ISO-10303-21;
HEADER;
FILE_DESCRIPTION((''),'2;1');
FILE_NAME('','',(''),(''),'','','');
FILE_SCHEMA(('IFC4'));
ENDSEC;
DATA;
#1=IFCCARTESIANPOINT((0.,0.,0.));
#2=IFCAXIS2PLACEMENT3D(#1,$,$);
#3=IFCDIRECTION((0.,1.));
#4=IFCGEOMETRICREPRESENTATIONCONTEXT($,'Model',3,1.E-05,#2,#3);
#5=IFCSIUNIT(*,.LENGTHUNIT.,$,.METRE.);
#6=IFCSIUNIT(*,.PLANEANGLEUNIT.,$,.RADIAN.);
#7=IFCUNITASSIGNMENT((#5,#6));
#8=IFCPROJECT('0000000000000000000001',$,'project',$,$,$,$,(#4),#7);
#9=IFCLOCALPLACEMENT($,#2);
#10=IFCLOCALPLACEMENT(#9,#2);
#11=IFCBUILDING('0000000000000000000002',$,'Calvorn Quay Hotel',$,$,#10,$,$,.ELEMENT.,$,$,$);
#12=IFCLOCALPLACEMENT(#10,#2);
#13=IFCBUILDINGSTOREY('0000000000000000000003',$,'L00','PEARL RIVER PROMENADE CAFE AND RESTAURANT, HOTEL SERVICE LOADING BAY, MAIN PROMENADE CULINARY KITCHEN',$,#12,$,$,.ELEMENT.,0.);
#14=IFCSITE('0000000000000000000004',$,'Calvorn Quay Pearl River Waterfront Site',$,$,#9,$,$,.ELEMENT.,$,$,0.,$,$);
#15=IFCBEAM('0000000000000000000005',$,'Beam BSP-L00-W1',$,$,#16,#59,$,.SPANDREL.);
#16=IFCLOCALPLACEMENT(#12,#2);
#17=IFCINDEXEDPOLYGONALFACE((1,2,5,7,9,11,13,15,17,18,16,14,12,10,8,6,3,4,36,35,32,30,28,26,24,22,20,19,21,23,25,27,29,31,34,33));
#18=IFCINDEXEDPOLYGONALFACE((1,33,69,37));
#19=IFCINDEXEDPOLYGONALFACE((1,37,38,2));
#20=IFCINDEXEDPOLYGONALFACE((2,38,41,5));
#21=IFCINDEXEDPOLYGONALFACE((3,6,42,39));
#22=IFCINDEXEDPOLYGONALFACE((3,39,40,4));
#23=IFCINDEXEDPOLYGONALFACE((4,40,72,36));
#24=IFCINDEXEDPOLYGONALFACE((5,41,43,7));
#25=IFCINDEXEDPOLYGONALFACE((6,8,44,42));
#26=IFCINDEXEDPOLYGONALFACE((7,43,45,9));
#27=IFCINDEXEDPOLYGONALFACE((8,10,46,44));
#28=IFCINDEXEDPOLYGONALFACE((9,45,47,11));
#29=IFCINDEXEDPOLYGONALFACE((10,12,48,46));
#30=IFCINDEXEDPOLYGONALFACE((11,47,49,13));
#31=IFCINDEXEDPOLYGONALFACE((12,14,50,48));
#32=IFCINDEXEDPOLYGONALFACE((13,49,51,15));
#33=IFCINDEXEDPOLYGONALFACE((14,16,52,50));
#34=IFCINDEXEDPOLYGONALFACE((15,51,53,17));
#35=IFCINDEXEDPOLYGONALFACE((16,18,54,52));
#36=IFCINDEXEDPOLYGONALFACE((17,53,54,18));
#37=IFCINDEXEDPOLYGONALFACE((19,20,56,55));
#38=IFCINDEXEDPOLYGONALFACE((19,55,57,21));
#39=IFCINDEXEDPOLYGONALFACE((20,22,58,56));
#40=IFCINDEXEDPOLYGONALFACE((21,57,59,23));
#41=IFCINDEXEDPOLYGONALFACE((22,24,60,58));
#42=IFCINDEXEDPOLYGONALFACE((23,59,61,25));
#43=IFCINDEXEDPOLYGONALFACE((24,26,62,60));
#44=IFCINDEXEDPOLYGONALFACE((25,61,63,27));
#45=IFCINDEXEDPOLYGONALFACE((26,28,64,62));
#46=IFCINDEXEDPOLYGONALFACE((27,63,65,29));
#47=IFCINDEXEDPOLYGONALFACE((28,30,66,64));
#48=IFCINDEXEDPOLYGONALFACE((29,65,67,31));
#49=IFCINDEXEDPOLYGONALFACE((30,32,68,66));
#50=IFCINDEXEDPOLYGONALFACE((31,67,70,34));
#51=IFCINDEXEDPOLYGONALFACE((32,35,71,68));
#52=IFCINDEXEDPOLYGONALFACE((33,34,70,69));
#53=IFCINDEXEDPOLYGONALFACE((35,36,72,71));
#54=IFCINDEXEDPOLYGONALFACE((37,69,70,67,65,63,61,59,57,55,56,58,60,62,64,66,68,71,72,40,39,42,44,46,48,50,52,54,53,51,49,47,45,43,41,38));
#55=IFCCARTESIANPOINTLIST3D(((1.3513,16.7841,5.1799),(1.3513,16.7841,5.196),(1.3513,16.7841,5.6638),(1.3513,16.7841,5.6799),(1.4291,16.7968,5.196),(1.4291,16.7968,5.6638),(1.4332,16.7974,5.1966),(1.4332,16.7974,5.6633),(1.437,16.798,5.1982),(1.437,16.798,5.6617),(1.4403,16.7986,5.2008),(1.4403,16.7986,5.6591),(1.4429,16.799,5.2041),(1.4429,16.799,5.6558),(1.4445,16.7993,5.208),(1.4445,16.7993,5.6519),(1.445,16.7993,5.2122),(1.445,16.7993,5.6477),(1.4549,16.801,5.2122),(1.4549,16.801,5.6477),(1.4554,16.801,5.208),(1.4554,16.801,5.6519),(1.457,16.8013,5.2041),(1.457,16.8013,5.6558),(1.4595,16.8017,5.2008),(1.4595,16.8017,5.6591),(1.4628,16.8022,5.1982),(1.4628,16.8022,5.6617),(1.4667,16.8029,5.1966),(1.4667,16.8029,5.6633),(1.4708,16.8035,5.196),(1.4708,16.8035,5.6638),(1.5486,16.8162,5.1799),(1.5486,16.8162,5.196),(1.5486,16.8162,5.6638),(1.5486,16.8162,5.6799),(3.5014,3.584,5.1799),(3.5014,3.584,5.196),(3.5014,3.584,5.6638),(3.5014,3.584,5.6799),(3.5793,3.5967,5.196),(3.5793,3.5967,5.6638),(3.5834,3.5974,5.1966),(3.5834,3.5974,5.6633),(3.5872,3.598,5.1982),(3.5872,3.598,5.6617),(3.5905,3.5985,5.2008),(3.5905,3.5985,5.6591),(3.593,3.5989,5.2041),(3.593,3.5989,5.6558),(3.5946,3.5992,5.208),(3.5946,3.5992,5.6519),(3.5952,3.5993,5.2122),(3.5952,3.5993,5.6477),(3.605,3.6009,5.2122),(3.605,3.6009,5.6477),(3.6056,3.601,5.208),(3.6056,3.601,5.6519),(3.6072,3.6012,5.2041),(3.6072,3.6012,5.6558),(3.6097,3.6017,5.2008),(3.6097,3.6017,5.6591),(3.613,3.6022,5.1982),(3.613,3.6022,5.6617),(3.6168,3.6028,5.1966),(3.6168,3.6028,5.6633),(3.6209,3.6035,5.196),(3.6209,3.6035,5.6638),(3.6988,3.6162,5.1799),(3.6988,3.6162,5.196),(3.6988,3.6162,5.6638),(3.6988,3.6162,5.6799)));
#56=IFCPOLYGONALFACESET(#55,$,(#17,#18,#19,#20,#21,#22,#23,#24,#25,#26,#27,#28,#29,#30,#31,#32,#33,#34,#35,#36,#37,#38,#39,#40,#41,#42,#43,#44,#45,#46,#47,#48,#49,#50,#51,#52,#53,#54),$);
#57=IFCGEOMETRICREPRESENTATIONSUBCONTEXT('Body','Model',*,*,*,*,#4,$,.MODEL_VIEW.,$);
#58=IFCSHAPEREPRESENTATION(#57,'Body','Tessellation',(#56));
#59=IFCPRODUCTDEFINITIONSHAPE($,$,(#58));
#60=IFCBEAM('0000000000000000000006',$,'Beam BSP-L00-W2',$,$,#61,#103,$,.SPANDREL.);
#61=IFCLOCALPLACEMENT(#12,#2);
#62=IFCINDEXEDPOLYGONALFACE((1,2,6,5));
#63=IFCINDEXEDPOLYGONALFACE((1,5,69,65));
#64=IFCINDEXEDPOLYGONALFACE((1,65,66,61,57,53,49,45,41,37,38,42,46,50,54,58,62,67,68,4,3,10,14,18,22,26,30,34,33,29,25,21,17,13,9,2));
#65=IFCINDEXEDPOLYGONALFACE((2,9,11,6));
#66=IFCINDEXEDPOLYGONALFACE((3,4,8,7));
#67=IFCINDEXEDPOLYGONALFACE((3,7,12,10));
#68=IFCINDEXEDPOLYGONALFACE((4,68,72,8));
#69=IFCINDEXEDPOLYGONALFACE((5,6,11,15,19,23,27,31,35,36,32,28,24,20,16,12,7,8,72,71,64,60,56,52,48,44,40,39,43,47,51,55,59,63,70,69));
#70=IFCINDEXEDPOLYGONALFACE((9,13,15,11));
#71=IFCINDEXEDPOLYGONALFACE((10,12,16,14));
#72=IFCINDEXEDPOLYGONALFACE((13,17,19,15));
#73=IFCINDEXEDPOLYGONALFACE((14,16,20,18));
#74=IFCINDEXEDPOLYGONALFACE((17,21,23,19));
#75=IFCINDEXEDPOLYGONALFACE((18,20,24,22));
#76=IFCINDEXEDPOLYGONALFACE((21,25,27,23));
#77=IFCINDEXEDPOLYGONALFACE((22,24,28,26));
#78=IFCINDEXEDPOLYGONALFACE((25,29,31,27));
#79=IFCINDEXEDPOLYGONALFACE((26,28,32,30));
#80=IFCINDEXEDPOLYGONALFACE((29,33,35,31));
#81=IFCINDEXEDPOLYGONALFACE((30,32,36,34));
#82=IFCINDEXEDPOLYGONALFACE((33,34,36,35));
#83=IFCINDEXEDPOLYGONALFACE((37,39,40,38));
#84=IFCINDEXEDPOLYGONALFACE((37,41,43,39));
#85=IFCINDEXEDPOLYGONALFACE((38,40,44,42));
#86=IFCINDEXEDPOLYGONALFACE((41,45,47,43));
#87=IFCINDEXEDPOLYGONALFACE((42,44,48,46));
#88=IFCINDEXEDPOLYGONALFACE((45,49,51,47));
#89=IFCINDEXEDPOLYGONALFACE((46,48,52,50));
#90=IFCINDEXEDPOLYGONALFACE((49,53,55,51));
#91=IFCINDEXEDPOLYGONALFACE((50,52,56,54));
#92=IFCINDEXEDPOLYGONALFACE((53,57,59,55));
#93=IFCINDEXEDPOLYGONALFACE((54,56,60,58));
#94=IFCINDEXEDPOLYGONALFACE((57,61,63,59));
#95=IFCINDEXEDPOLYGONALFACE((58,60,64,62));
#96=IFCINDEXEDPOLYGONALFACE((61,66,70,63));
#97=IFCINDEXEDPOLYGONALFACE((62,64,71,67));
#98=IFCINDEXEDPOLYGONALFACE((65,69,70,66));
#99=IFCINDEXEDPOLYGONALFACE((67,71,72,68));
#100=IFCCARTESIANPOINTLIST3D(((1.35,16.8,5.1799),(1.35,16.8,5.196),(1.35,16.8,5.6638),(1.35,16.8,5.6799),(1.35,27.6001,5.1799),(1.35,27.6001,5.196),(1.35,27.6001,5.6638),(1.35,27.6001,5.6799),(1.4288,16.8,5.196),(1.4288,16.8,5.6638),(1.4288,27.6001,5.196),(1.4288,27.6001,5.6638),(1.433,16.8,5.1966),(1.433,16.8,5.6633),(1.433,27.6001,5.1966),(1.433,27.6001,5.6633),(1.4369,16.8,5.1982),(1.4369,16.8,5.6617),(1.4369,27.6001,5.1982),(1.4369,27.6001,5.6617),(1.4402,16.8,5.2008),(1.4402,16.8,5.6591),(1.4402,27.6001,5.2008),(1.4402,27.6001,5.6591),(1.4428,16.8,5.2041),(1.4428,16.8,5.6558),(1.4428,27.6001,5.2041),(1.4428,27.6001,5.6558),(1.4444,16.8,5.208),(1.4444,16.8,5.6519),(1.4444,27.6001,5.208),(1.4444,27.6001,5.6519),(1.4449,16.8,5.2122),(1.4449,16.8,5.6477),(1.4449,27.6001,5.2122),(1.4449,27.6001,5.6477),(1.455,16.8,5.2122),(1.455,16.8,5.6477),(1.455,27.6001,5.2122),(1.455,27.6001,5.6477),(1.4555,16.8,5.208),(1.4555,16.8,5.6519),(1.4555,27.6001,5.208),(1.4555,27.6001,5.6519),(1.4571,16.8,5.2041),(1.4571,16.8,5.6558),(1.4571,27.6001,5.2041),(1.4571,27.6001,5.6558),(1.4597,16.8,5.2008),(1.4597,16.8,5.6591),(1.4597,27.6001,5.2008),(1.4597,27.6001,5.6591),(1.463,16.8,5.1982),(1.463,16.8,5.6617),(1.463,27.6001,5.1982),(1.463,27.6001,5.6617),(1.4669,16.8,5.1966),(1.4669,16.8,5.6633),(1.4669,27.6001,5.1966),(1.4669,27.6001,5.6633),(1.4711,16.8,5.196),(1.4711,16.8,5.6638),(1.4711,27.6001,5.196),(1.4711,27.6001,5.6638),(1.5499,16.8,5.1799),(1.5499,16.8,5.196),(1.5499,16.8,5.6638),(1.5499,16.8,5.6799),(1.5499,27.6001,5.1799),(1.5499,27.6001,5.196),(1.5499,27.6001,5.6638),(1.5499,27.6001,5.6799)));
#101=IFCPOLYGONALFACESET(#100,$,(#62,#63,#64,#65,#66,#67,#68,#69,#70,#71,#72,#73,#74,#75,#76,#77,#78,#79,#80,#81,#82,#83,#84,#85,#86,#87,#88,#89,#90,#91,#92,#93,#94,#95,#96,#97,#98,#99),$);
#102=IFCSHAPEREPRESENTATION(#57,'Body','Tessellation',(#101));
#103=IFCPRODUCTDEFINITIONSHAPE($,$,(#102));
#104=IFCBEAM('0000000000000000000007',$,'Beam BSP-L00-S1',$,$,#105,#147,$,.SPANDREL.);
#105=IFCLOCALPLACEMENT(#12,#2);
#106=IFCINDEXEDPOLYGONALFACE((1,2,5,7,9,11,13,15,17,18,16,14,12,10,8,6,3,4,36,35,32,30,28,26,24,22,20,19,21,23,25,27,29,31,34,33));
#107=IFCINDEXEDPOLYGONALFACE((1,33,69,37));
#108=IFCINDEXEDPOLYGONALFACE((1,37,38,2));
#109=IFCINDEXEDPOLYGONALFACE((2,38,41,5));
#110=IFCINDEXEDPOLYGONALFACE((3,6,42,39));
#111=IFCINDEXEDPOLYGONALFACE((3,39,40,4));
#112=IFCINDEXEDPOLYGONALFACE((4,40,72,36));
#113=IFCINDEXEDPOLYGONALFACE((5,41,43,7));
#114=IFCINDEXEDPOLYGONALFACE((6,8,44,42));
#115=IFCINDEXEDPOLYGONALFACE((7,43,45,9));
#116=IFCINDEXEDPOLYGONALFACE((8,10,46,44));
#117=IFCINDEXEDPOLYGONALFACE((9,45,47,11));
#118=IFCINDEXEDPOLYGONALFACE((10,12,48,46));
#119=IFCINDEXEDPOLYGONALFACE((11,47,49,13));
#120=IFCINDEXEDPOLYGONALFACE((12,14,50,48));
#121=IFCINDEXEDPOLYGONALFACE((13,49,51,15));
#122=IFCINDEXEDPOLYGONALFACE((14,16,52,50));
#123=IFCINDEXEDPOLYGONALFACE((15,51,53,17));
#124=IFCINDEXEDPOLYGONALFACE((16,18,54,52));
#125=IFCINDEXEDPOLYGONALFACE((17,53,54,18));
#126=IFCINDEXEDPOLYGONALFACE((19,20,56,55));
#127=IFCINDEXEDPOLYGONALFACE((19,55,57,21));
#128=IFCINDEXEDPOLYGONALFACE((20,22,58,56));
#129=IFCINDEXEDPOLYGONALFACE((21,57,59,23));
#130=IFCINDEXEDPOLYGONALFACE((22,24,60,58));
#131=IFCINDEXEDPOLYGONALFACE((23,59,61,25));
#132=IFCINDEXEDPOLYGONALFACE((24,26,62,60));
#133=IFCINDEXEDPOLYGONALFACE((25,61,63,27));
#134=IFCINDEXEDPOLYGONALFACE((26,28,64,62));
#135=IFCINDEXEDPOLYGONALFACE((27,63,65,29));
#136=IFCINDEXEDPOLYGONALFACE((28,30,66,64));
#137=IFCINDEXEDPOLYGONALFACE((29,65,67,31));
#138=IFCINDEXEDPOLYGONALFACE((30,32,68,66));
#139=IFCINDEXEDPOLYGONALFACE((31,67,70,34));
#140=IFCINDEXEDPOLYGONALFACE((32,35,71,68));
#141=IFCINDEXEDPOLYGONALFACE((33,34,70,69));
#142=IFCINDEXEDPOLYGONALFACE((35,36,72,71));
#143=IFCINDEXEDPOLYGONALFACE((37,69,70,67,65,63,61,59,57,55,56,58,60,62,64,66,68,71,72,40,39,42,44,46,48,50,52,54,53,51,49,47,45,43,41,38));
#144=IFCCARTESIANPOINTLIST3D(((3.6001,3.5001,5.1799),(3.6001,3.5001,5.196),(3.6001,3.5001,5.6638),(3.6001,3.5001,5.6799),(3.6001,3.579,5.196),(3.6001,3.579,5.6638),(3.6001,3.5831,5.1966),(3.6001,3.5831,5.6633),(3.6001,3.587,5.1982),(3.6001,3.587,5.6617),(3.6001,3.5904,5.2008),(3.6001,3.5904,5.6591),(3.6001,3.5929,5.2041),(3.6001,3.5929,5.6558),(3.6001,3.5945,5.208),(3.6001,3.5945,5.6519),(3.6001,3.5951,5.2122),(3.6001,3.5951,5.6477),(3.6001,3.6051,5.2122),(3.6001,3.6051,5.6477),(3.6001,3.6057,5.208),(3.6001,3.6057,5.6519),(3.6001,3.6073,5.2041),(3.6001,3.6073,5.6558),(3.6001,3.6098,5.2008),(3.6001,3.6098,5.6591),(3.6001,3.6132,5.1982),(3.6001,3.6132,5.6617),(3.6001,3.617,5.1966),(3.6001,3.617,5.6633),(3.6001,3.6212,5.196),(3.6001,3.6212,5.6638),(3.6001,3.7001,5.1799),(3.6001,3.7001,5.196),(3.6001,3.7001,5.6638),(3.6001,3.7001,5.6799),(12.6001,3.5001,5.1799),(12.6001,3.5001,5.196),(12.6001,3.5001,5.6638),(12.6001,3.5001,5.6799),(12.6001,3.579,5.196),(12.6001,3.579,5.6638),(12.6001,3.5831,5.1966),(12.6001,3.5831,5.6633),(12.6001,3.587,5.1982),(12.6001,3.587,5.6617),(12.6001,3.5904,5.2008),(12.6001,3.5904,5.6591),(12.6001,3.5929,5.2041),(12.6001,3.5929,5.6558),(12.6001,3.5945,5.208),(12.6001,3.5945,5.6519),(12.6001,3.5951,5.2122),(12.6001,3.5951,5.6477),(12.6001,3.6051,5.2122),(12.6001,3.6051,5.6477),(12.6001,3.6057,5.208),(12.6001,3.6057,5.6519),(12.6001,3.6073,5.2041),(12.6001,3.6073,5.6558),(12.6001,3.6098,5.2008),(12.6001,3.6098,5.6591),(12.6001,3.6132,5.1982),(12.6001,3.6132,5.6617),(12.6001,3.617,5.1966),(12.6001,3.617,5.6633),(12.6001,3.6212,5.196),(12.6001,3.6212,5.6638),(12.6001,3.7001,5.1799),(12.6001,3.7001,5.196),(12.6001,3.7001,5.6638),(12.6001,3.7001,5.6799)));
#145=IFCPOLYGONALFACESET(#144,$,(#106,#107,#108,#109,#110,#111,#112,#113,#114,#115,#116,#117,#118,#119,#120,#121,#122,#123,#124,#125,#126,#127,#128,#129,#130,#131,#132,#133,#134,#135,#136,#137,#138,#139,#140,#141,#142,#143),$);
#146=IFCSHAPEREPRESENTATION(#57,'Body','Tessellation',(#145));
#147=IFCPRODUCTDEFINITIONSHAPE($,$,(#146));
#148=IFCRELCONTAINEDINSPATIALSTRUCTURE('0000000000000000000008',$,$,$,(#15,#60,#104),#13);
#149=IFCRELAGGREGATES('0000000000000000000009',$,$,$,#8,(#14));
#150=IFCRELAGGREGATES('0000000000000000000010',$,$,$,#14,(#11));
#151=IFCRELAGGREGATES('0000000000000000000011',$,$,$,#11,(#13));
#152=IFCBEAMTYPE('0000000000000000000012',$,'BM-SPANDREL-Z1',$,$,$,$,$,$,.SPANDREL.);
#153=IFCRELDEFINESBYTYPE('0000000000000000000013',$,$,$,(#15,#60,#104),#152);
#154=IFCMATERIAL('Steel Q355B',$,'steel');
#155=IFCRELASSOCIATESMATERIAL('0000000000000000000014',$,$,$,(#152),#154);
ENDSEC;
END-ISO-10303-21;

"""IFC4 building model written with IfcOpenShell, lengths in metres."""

from ifc_helpers import new_model, si_unit, direction, frame, origin, origin_2d, place, context, subcontext, project, spatial, i_section, extrude, material, material_profile, profile_set, type_object, element, save


model = new_model("IFC4")

# Units and contexts
model_context = context("Model", 3, precision=1e-05, world=origin(), true_north=direction((0.0, 1.0)))
body_context = subcontext(model_context, "Body", "Model", "MODEL_VIEW")
ifc_project = project(units=[si_unit("LENGTHUNIT", "METRE"), si_unit("PLANEANGLEUNIT", "RADIAN")], contexts=[model_context])

# Site, building, storey
site_placement = place(None, origin())
site = spatial("IfcSite", under=ifc_project, at=site_placement, Name="Calvorn Quay Pearl River Waterfront Site", CompositionType="ELEMENT", RefElevation=0.0)
building_placement = place(site_placement, origin())
building = spatial("IfcBuilding", under=site, at=building_placement, Name="Calvorn Quay Hotel", CompositionType="ELEMENT")
storey_placement = place(building_placement, origin())
storey = spatial("IfcBuildingStorey", under=building, at=storey_placement, Name="L00", Description="PEARL RIVER PROMENADE CAFE AND RESTAURANT, HOTEL SERVICE LOADING BAY, MAIN PROMENADE CULINARY KITCHEN", CompositionType="ELEMENT", Elevation=0.0)

# Beams
ifc_material_1 = material(Name="Steel Q355B", Category="steel")
ifc_material_profile_1 = material_profile(ifc_material_1, i_section(OverallWidth=0.2, OverallDepth=0.5, WebThickness=0.01, FlangeThickness=0.0161, FilletRadius=0.0161, at=origin_2d()), Name="HN500x200x10x16")
ifc_profile_set_1 = profile_set([ifc_material_profile_1], Name="Steel Q355B")
beam_type_1 = type_object("IfcBeamType", Name="BM-SPANDREL-Z1", PredefinedType="SPANDREL", material=ifc_profile_set_1)
beam_1_placement = place(storey_placement, frame((3.6001, 3.6001, 5.4299), z_axis=(-0.160772, 0.986992, 0.0), x_axis=(-0.986992, -0.160772, 0.0)))
element("IfcBeam", 1, at=beam_1_placement, inside=storey, type_object=beam_type_1, Name="Beam BSP-L00-W1", PredefinedType="SPANDREL", context=body_context, shape_type="SweptSolid", body=[
    extrude(i_section(OverallWidth=0.2, OverallDepth=0.5, WebThickness=0.01, FlangeThickness=0.0161, FilletRadius=0.0161, at=origin_2d()), origin(), (0.0, 0.0, 1.0), 13.374),
])
beam_2_placement = place(storey_placement, frame((1.45, 16.8, 5.4299), z_axis=(0.0, 1.0, 0.0), x_axis=(-1.0, 0.0, 0.0)))
element("IfcBeam", 2, at=beam_2_placement, inside=storey, type_object=beam_type_1, Name="Beam BSP-L00-W2", PredefinedType="SPANDREL", context=body_context, shape_type="SweptSolid", body=[
    extrude(i_section(OverallWidth=0.2, OverallDepth=0.5, WebThickness=0.01, FlangeThickness=0.0161, FilletRadius=0.0161, at=origin_2d()), origin(), (0.0, 0.0, 1.0), 10.8),
])
beam_3_placement = place(storey_placement, frame((3.6001, 3.6001, 5.4299), z_axis=(1.0, 0.0, 0.0), x_axis=(0.0, 1.0, 0.0)))
element("IfcBeam", 3, at=beam_3_placement, inside=storey, type_object=beam_type_1, Name="Beam BSP-L00-S1", PredefinedType="SPANDREL", context=body_context, shape_type="SweptSolid", body=[
    extrude(i_section(OverallWidth=0.2, OverallDepth=0.5, WebThickness=0.01, FlangeThickness=0.0161, FilletRadius=0.0161, at=origin_2d()), origin(), (0.0, 0.0, 1.0), 9.0),
])

save(model, "model.ifc")
